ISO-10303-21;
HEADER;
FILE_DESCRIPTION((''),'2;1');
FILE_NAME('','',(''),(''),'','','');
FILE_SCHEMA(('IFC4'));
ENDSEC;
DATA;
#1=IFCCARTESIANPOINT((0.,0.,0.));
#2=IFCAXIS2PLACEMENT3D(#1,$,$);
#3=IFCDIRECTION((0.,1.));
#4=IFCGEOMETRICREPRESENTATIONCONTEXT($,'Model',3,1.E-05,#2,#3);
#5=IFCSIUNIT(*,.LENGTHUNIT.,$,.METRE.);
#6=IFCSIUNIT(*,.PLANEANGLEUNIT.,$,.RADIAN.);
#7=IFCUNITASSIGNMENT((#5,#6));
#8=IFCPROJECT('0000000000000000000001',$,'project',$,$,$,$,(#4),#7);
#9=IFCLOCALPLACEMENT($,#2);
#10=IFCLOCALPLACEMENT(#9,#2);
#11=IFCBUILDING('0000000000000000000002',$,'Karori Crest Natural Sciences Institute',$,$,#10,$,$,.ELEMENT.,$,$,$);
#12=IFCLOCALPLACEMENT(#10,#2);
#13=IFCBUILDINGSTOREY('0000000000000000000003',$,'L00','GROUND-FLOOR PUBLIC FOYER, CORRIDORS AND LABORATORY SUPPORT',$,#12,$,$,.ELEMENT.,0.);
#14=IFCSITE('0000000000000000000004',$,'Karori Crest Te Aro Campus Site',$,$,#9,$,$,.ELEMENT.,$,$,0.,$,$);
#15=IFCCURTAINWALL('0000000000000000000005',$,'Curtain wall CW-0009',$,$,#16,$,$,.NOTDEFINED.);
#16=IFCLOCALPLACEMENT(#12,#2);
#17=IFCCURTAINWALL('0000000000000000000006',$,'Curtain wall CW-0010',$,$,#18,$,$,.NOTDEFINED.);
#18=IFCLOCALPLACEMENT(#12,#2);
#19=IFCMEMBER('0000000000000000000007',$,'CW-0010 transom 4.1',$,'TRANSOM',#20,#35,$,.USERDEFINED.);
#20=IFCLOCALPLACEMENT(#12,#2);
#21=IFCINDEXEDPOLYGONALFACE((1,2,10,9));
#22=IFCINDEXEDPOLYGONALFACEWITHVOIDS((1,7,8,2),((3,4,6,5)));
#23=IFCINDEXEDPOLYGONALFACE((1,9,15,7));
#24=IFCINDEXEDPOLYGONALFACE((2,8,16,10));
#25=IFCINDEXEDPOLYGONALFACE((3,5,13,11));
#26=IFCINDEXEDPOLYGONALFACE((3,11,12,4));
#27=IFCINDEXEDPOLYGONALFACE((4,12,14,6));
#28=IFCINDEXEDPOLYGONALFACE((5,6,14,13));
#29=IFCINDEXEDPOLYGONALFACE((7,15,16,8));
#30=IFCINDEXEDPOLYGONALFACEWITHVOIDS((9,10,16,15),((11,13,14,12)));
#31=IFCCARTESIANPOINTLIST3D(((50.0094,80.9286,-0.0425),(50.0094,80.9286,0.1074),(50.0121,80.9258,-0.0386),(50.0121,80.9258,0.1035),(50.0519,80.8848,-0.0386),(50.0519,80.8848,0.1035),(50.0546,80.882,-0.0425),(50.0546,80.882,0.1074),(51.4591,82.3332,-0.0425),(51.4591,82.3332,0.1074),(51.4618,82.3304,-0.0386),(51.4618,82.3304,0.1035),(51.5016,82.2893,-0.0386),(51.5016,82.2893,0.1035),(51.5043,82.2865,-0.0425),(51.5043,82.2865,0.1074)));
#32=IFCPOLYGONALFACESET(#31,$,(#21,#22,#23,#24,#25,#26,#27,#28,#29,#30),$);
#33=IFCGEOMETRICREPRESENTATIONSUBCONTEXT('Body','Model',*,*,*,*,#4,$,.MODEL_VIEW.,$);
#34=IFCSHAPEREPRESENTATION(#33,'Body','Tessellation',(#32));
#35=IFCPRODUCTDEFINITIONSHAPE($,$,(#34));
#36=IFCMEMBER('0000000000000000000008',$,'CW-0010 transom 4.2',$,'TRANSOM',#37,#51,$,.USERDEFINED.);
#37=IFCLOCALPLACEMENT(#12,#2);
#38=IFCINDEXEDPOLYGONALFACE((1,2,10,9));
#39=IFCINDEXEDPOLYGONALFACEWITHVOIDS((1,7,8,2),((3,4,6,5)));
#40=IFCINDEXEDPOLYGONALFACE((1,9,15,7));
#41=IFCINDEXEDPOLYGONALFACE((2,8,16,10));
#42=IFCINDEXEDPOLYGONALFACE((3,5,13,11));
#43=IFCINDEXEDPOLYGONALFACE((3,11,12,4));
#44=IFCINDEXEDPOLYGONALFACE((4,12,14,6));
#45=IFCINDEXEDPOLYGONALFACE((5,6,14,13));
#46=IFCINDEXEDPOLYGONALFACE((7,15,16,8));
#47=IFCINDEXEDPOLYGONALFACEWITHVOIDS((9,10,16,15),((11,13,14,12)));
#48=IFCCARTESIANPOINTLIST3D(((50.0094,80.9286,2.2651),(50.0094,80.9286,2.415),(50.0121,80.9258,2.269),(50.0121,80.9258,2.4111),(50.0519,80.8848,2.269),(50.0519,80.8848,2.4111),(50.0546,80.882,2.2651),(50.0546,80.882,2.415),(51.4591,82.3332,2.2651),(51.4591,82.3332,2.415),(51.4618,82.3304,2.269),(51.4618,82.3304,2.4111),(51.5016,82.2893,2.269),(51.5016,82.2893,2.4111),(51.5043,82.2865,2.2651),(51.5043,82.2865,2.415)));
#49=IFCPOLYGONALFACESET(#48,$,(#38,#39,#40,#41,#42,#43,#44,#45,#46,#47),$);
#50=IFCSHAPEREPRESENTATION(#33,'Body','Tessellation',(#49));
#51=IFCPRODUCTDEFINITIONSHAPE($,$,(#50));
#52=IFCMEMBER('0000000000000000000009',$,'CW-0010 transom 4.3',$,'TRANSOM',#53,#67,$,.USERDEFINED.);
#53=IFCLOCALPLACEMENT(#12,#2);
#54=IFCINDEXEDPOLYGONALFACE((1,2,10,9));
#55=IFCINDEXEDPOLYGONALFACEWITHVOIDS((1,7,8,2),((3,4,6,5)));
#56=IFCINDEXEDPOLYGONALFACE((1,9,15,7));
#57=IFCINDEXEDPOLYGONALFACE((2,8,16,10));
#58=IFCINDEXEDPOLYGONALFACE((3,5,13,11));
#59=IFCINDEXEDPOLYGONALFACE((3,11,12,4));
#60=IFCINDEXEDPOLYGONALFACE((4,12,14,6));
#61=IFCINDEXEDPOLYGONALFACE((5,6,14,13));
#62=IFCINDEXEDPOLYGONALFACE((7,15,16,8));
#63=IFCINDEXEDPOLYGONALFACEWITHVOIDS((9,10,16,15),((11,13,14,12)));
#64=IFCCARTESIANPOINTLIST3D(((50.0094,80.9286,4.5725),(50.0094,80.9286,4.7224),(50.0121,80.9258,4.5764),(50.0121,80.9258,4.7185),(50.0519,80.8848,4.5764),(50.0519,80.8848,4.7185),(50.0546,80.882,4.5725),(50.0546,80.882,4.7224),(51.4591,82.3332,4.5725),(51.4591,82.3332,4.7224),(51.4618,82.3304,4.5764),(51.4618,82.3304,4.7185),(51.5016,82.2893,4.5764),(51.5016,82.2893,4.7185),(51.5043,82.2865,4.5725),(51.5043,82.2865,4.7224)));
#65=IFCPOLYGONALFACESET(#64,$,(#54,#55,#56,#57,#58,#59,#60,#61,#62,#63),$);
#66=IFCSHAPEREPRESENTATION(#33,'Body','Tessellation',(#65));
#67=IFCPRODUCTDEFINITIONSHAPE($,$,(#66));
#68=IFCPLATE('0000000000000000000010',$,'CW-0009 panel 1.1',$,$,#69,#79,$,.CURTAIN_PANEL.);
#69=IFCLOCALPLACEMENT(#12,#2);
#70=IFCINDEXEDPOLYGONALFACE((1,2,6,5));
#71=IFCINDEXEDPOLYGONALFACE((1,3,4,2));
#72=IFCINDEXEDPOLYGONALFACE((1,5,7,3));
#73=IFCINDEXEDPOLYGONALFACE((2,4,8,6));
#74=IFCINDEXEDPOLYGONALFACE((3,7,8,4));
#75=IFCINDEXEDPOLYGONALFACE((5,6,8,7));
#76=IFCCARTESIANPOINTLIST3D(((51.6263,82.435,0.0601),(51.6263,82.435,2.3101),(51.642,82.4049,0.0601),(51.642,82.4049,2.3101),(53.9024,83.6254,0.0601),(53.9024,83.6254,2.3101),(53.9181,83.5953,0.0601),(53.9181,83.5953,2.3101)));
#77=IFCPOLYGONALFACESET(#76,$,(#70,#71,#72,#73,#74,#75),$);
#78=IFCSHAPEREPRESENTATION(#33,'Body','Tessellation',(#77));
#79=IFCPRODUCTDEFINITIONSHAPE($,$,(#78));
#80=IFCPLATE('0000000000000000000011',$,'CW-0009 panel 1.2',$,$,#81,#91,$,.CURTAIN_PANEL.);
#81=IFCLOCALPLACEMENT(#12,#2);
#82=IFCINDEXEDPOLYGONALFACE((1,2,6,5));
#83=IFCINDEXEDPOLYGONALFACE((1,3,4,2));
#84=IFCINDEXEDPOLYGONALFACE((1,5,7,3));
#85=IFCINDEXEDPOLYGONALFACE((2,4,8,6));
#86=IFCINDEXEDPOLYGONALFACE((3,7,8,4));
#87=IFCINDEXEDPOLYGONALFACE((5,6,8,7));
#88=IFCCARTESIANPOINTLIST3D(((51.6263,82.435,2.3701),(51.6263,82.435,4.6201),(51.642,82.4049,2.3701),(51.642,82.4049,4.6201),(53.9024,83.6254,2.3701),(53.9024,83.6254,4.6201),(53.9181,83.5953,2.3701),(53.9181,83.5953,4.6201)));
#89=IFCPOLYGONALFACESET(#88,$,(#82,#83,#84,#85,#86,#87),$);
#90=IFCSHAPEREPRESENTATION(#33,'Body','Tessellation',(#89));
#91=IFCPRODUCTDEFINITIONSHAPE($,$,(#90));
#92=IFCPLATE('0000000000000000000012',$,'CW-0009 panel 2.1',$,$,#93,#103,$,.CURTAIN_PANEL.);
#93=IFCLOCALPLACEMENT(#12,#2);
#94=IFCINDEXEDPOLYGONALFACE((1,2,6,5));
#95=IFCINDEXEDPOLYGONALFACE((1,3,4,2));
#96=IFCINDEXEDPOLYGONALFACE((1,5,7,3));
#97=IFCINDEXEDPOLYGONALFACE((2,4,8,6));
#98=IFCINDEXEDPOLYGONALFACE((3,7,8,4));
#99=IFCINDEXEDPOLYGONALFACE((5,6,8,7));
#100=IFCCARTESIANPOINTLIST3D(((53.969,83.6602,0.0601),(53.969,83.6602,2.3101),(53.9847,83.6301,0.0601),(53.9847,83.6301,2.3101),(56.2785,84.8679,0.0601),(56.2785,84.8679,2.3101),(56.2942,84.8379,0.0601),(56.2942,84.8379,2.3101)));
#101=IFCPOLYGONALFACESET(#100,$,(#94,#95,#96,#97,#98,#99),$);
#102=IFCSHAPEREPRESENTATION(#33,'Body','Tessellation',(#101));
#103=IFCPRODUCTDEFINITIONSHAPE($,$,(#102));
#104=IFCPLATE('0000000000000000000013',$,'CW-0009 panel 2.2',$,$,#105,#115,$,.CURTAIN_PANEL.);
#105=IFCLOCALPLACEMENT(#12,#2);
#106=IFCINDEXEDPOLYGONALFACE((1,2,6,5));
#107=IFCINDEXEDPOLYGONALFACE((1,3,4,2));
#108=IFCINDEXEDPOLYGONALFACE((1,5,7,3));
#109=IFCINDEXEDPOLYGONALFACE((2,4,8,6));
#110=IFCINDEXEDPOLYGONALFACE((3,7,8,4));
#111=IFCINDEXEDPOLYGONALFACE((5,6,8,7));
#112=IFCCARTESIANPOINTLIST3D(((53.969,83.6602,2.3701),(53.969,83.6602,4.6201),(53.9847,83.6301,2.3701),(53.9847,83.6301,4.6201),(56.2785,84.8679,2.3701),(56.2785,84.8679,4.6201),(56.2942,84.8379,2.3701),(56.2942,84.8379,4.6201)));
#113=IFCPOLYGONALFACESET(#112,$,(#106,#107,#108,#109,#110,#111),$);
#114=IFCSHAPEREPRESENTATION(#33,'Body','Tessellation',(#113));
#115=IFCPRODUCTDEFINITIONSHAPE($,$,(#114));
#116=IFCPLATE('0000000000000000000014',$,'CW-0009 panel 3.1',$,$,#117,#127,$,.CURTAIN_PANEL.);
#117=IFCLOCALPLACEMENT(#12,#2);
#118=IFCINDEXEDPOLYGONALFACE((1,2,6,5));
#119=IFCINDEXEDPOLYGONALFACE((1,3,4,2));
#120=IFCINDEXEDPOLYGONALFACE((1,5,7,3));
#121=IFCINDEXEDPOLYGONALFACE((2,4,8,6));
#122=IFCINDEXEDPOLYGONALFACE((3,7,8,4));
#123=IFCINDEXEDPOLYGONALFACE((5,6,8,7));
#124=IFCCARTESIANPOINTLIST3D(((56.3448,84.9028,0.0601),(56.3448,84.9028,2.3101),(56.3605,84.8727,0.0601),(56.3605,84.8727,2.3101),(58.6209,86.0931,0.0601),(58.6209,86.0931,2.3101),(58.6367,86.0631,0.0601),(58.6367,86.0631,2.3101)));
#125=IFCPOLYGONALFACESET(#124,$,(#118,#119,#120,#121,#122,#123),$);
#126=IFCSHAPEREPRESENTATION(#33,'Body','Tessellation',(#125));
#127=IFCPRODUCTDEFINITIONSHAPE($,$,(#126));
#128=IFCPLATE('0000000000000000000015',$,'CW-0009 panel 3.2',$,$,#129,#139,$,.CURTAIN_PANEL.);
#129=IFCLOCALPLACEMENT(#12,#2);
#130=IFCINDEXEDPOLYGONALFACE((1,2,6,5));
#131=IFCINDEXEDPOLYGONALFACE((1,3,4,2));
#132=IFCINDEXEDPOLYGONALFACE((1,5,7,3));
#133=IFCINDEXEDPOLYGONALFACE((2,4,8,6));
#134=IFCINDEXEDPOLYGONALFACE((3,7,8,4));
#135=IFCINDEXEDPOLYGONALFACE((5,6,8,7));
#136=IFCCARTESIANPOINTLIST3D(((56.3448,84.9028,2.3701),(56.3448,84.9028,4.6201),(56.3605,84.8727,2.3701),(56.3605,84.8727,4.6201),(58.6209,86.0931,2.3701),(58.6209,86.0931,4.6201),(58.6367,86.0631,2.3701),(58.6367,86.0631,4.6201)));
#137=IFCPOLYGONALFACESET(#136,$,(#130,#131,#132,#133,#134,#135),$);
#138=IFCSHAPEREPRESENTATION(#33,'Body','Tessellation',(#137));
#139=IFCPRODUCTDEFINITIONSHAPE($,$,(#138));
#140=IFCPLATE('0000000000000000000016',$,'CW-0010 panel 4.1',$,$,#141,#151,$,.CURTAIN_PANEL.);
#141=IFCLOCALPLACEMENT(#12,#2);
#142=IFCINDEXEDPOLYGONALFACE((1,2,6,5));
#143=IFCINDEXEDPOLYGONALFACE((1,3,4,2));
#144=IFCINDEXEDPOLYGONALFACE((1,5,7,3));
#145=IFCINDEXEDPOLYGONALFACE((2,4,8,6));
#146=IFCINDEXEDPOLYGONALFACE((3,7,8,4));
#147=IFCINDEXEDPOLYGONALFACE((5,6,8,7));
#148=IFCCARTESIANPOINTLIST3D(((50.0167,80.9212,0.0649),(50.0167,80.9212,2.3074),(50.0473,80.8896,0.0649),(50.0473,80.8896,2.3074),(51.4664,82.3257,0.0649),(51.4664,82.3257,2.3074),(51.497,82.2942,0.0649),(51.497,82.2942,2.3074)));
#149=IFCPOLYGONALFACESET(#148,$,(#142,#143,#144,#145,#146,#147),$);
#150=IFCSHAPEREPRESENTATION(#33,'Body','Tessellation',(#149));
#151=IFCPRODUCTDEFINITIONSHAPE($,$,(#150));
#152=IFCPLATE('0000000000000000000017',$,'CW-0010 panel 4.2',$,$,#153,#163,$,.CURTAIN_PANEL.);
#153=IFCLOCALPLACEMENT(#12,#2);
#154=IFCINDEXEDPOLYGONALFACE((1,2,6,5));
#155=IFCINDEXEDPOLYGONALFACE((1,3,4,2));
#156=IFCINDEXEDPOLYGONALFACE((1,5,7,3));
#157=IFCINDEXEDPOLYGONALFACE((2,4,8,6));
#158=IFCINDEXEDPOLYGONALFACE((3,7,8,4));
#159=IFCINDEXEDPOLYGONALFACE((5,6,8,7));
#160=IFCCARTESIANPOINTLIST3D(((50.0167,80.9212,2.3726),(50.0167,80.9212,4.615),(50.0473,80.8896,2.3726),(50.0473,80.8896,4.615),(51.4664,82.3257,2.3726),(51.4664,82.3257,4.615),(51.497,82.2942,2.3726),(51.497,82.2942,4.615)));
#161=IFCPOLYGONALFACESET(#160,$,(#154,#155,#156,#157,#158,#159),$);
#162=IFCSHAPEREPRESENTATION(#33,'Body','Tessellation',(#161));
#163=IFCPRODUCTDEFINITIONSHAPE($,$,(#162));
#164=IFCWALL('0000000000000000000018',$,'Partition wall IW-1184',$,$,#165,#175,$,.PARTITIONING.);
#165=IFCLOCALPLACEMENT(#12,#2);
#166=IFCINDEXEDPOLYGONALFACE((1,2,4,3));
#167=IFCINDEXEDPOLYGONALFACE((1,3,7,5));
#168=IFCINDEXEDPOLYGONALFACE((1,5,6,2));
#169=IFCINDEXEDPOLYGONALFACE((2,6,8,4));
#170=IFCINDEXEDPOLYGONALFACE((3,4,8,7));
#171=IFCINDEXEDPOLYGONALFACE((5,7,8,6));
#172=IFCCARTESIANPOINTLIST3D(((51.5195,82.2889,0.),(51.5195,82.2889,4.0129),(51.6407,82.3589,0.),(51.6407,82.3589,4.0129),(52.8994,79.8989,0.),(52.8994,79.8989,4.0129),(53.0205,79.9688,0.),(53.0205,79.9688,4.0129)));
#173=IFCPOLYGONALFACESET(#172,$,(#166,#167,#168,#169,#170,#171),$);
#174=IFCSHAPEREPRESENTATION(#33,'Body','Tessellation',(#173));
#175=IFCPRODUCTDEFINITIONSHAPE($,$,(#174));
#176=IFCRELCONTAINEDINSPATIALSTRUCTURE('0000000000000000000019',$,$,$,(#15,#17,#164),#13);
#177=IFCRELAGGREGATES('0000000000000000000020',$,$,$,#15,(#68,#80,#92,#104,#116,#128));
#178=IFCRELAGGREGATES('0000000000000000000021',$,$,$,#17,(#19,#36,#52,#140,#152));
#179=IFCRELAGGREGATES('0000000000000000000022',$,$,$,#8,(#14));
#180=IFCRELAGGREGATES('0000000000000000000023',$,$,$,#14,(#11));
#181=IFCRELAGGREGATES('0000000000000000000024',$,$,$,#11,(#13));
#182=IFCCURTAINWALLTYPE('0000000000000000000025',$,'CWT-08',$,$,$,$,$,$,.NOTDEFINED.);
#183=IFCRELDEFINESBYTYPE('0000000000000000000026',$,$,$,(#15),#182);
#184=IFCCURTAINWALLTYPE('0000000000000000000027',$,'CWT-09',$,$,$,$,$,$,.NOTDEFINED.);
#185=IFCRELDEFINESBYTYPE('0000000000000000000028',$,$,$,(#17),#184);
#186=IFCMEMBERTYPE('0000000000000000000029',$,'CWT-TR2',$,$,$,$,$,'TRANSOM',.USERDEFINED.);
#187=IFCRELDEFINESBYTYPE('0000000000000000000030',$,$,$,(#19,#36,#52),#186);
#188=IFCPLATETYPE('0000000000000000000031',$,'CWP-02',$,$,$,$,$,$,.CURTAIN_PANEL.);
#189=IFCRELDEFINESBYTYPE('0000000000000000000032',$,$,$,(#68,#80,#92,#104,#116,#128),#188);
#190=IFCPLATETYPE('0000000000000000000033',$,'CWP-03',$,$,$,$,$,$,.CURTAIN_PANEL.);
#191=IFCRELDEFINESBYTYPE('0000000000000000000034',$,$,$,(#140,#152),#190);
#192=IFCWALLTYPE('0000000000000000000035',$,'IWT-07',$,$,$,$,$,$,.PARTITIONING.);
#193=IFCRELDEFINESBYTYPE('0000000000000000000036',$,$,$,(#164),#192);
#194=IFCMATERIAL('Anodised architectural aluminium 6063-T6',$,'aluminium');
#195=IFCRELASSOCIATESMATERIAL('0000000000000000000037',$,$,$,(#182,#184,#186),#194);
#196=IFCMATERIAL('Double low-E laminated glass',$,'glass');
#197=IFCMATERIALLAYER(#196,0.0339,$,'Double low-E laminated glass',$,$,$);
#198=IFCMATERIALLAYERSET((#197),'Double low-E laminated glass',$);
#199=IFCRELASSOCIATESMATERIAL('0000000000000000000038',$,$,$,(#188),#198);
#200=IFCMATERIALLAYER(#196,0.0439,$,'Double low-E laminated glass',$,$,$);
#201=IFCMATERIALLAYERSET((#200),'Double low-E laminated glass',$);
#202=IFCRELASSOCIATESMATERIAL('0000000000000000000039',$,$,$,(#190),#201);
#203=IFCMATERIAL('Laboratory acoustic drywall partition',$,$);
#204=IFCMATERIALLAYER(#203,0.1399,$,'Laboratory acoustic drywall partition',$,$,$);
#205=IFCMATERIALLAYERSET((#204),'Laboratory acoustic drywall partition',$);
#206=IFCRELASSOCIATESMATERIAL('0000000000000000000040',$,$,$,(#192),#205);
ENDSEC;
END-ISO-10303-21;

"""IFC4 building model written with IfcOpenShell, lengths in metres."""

from ifc_helpers import new_model, si_unit, direction, frame, frame_2d, origin, origin_2d, place, context, subcontext, project, spatial, rectangle, hollow_rectangle, extrude, material, layer, layer_set, material_profile, profile_set, type_object, element, aggregate, save


model = new_model("IFC4")

# Units and contexts
model_context = context("Model", 3, precision=1e-05, world=origin(), true_north=direction((0.0, 1.0)))
body_context = subcontext(model_context, "Body", "Model", "MODEL_VIEW")
ifc_project = project(units=[si_unit("LENGTHUNIT", "METRE"), si_unit("PLANEANGLEUNIT", "RADIAN")], contexts=[model_context])

# Site, building, storey
site_placement = place(None, origin())
site = spatial("IfcSite", under=ifc_project, at=site_placement, Name="Karori Crest Te Aro Campus Site", CompositionType="ELEMENT", RefElevation=0.0)
building_placement = place(site_placement, origin())
building = spatial("IfcBuilding", under=site, at=building_placement, Name="Karori Crest Natural Sciences Institute", CompositionType="ELEMENT")
storey_placement = place(building_placement, origin())
storey = spatial("IfcBuildingStorey", under=building, at=storey_placement, Name="L00", Description="GROUND-FLOOR PUBLIC FOYER, CORRIDORS AND LABORATORY SUPPORT", CompositionType="ELEMENT", Elevation=0.0)

# Curtain walls
ifc_material_1 = material(Name="Anodised architectural aluminium 6063-T6", Category="aluminium")
curtain_wall_type_1 = type_object("IfcCurtainWallType", Name="CWT-08", PredefinedType="NOTDEFINED", material=ifc_material_1)
curtain_wall_1_placement = place(storey_placement, origin())
curtain_wall_1 = element("IfcCurtainWall", 1, at=curtain_wall_1_placement, inside=storey, type_object=curtain_wall_type_1, Name="Curtain wall CW-0009", PredefinedType="NOTDEFINED")
curtain_wall_type_2 = type_object("IfcCurtainWallType", Name="CWT-09", PredefinedType="NOTDEFINED", material=ifc_material_1)
curtain_wall_2_placement = place(storey_placement, origin())
curtain_wall_2 = element("IfcCurtainWall", 2, at=curtain_wall_2_placement, inside=storey, type_object=curtain_wall_type_2, Name="Curtain wall CW-0010", PredefinedType="NOTDEFINED")

# Members
ifc_material_profile_1 = material_profile(ifc_material_1, hollow_rectangle(XDim=0.0649, YDim=0.1499, WallThickness=0.0039, at=origin_2d()), Name="CWT150x65x4")
ifc_profile_set_1 = profile_set([ifc_material_profile_1], Name="Anodised architectural aluminium 6063-T6")
member_type_1 = type_object("IfcMemberType", Name="CWT-TR2", ElementType="TRANSOM", PredefinedType="USERDEFINED", material=ifc_profile_set_1)
member_1_placement = place(storey_placement, frame((50.032, 80.9053, 0.0325), z_axis=(0.718206, 0.69583, 0.0), x_axis=(-0.69583, 0.718206, 0.0)))
member_1 = element("IfcMember", 3, at=member_1_placement, type_object=member_type_1, Name="CW-0010 transom 4.1", ObjectType="TRANSOM", PredefinedType="USERDEFINED", context=body_context, shape_type="SweptSolid", body=[
    extrude(hollow_rectangle(XDim=0.0649, YDim=0.1499, WallThickness=0.0039, at=origin_2d()), origin(), (0.0, 0.0, 1.0), 2.0186),
])
member_2_placement = place(storey_placement, frame((50.032, 80.9053, 2.3401), z_axis=(0.718206, 0.69583, 0.0), x_axis=(-0.69583, 0.718206, 0.0)))
member_2 = element("IfcMember", 4, at=member_2_placement, type_object=member_type_1, Name="CW-0010 transom 4.2", ObjectType="TRANSOM", PredefinedType="USERDEFINED", context=body_context, shape_type="SweptSolid", body=[
    extrude(hollow_rectangle(XDim=0.0649, YDim=0.1499, WallThickness=0.0039, at=origin_2d()), origin(), (0.0, 0.0, 1.0), 2.0186),
])
member_3_placement = place(storey_placement, frame((50.032, 80.9053, 4.6475), z_axis=(0.718206, 0.69583, 0.0), x_axis=(-0.69583, 0.718206, 0.0)))
member_3 = element("IfcMember", 5, at=member_3_placement, type_object=member_type_1, Name="CW-0010 transom 4.3", ObjectType="TRANSOM", PredefinedType="USERDEFINED", context=body_context, shape_type="SweptSolid", body=[
    extrude(hollow_rectangle(XDim=0.0649, YDim=0.1499, WallThickness=0.0039, at=origin_2d()), origin(), (0.0, 0.0, 1.0), 2.0186),
])

# Plates
ifc_material_2 = material(Name="Double low-E laminated glass", Category="glass")
ifc_layer_1 = layer(ifc_material_2, 0.0339, Name="Double low-E laminated glass")
ifc_layer_set_1 = layer_set([ifc_layer_1], Name="Double low-E laminated glass")
plate_type_1 = type_object("IfcPlateType", Name="CWP-02", PredefinedType="CURTAIN_PANEL", material=ifc_layer_set_1)
plate_1_placement = place(storey_placement, frame((52.7722, 83.0151, 0.0601), z_axis=(0.0, 0.0, 1.0), x_axis=(0.886136, 0.463426, 0.0)))
plate_1 = element("IfcPlate", 6, at=plate_1_placement, type_object=plate_type_1, Name="CW-0009 panel 1.1", PredefinedType="CURTAIN_PANEL", context=body_context, shape_type="SweptSolid", body=[
    extrude(rectangle(XDim=2.5686, YDim=0.0339, at=origin_2d()), origin(), (0.0, 0.0, 1.0), 2.25),
])
plate_2_placement = place(storey_placement, frame((52.7722, 83.0151, 2.3701), z_axis=(0.0, 0.0, 1.0), x_axis=(0.886136, 0.463426, 0.0)))
plate_2 = element("IfcPlate", 7, at=plate_2_placement, type_object=plate_type_1, Name="CW-0009 panel 1.2", PredefinedType="CURTAIN_PANEL", context=body_context, shape_type="SweptSolid", body=[
    extrude(rectangle(XDim=2.5686, YDim=0.0339, at=origin_2d()), origin(), (0.0, 0.0, 1.0), 2.25),
])
plate_3_placement = place(storey_placement, frame((55.1316, 84.249, 0.0601), z_axis=(0.0, 0.0, 1.0), x_axis=(0.886136, 0.463426, 0.0)))
plate_3 = element("IfcPlate", 8, at=plate_3_placement, type_object=plate_type_1, Name="CW-0009 panel 2.1", PredefinedType="CURTAIN_PANEL", context=body_context, shape_type="SweptSolid", body=[
    extrude(rectangle(XDim=2.6062, YDim=0.0339, at=origin_2d()), origin(), (0.0, 0.0, 1.0), 2.25),
])
plate_4_placement = place(storey_placement, frame((55.1316, 84.249, 2.3701), z_axis=(0.0, 0.0, 1.0), x_axis=(0.886136, 0.463426, 0.0)))
plate_4 = element("IfcPlate", 9, at=plate_4_placement, type_object=plate_type_1, Name="CW-0009 panel 2.2", PredefinedType="CURTAIN_PANEL", context=body_context, shape_type="SweptSolid", body=[
    extrude(rectangle(XDim=2.6062, YDim=0.0339, at=origin_2d()), origin(), (0.0, 0.0, 1.0), 2.25),
])
plate_5_placement = place(storey_placement, frame((57.4907, 85.4829, 0.0601), z_axis=(0.0, 0.0, 1.0), x_axis=(0.886136, 0.463426, 0.0)))
plate_5 = element("IfcPlate", 10, at=plate_5_placement, type_object=plate_type_1, Name="CW-0009 panel 3.1", PredefinedType="CURTAIN_PANEL", context=body_context, shape_type="SweptSolid", body=[
    extrude(rectangle(XDim=2.5686, YDim=0.0339, at=origin_2d()), origin(), (0.0, 0.0, 1.0), 2.25),
])
plate_6_placement = place(storey_placement, frame((57.4907, 85.4829, 2.3701), z_axis=(0.0, 0.0, 1.0), x_axis=(0.886136, 0.463426, 0.0)))
plate_6 = element("IfcPlate", 11, at=plate_6_placement, type_object=plate_type_1, Name="CW-0009 panel 3.2", PredefinedType="CURTAIN_PANEL", context=body_context, shape_type="SweptSolid", body=[
    extrude(rectangle(XDim=2.5686, YDim=0.0339, at=origin_2d()), origin(), (0.0, 0.0, 1.0), 2.25),
])
aggregate(curtain_wall_1, [plate_1, plate_2, plate_3, plate_4, plate_5, plate_6])
ifc_layer_2 = layer(ifc_material_2, 0.0439, Name="Double low-E laminated glass")
ifc_layer_set_2 = layer_set([ifc_layer_2], Name="Double low-E laminated glass")
plate_type_2 = type_object("IfcPlateType", Name="CWP-03", PredefinedType="CURTAIN_PANEL", material=ifc_layer_set_2)
plate_7_placement = place(storey_placement, frame((50.7568, 81.6077, 0.0649), z_axis=(0.0, 0.0, 1.0), x_axis=(0.718198, 0.695839, 0.0)))
plate_7 = element("IfcPlate", 12, at=plate_7_placement, type_object=plate_type_2, Name="CW-0010 panel 4.1", PredefinedType="CURTAIN_PANEL", context=body_context, shape_type="SweptSolid", body=[
    extrude(rectangle(XDim=2.0186, YDim=0.0439, at=origin_2d()), origin(), (0.0, 0.0, 1.0), 2.2424),
])
plate_8_placement = place(storey_placement, frame((50.7568, 81.6077, 2.3726), z_axis=(0.0, 0.0, 1.0), x_axis=(0.718198, 0.695839, 0.0)))
plate_8 = element("IfcPlate", 13, at=plate_8_placement, type_object=plate_type_2, Name="CW-0010 panel 4.2", PredefinedType="CURTAIN_PANEL", context=body_context, shape_type="SweptSolid", body=[
    extrude(rectangle(XDim=2.0186, YDim=0.0439, at=origin_2d()), origin(), (0.0, 0.0, 1.0), 2.2424),
])
aggregate(curtain_wall_2, [member_1, member_2, member_3, plate_7, plate_8])

# Wall
ifc_material_3 = material(Name="Laboratory acoustic drywall partition")
ifc_layer_3 = layer(ifc_material_3, 0.1399, Name="Laboratory acoustic drywall partition")
ifc_layer_set_3 = layer_set([ifc_layer_3], Name="Laboratory acoustic drywall partition")
wall_type = type_object("IfcWallType", Name="IWT-07", PredefinedType="PARTITIONING", material=ifc_layer_set_3)
wall_1_placement = place(storey_placement, frame((52.96, 79.9338, 0.0), z_axis=(0.0, 0.0, 1.0), x_axis=(-0.499983, 0.866035, 0.0)))
element("IfcWall", 14, at=wall_1_placement, inside=storey, type_object=wall_type, Name="Partition wall IW-1184", PredefinedType="PARTITIONING", context=body_context, shape_type="SweptSolid", body=[
    extrude(rectangle(XDim=2.7598, YDim=0.1399, at=frame_2d((1.3799, 0.0))), origin(), (0.0, 0.0, 1.0), 4.0129),
])

save(model, "model.ifc")
